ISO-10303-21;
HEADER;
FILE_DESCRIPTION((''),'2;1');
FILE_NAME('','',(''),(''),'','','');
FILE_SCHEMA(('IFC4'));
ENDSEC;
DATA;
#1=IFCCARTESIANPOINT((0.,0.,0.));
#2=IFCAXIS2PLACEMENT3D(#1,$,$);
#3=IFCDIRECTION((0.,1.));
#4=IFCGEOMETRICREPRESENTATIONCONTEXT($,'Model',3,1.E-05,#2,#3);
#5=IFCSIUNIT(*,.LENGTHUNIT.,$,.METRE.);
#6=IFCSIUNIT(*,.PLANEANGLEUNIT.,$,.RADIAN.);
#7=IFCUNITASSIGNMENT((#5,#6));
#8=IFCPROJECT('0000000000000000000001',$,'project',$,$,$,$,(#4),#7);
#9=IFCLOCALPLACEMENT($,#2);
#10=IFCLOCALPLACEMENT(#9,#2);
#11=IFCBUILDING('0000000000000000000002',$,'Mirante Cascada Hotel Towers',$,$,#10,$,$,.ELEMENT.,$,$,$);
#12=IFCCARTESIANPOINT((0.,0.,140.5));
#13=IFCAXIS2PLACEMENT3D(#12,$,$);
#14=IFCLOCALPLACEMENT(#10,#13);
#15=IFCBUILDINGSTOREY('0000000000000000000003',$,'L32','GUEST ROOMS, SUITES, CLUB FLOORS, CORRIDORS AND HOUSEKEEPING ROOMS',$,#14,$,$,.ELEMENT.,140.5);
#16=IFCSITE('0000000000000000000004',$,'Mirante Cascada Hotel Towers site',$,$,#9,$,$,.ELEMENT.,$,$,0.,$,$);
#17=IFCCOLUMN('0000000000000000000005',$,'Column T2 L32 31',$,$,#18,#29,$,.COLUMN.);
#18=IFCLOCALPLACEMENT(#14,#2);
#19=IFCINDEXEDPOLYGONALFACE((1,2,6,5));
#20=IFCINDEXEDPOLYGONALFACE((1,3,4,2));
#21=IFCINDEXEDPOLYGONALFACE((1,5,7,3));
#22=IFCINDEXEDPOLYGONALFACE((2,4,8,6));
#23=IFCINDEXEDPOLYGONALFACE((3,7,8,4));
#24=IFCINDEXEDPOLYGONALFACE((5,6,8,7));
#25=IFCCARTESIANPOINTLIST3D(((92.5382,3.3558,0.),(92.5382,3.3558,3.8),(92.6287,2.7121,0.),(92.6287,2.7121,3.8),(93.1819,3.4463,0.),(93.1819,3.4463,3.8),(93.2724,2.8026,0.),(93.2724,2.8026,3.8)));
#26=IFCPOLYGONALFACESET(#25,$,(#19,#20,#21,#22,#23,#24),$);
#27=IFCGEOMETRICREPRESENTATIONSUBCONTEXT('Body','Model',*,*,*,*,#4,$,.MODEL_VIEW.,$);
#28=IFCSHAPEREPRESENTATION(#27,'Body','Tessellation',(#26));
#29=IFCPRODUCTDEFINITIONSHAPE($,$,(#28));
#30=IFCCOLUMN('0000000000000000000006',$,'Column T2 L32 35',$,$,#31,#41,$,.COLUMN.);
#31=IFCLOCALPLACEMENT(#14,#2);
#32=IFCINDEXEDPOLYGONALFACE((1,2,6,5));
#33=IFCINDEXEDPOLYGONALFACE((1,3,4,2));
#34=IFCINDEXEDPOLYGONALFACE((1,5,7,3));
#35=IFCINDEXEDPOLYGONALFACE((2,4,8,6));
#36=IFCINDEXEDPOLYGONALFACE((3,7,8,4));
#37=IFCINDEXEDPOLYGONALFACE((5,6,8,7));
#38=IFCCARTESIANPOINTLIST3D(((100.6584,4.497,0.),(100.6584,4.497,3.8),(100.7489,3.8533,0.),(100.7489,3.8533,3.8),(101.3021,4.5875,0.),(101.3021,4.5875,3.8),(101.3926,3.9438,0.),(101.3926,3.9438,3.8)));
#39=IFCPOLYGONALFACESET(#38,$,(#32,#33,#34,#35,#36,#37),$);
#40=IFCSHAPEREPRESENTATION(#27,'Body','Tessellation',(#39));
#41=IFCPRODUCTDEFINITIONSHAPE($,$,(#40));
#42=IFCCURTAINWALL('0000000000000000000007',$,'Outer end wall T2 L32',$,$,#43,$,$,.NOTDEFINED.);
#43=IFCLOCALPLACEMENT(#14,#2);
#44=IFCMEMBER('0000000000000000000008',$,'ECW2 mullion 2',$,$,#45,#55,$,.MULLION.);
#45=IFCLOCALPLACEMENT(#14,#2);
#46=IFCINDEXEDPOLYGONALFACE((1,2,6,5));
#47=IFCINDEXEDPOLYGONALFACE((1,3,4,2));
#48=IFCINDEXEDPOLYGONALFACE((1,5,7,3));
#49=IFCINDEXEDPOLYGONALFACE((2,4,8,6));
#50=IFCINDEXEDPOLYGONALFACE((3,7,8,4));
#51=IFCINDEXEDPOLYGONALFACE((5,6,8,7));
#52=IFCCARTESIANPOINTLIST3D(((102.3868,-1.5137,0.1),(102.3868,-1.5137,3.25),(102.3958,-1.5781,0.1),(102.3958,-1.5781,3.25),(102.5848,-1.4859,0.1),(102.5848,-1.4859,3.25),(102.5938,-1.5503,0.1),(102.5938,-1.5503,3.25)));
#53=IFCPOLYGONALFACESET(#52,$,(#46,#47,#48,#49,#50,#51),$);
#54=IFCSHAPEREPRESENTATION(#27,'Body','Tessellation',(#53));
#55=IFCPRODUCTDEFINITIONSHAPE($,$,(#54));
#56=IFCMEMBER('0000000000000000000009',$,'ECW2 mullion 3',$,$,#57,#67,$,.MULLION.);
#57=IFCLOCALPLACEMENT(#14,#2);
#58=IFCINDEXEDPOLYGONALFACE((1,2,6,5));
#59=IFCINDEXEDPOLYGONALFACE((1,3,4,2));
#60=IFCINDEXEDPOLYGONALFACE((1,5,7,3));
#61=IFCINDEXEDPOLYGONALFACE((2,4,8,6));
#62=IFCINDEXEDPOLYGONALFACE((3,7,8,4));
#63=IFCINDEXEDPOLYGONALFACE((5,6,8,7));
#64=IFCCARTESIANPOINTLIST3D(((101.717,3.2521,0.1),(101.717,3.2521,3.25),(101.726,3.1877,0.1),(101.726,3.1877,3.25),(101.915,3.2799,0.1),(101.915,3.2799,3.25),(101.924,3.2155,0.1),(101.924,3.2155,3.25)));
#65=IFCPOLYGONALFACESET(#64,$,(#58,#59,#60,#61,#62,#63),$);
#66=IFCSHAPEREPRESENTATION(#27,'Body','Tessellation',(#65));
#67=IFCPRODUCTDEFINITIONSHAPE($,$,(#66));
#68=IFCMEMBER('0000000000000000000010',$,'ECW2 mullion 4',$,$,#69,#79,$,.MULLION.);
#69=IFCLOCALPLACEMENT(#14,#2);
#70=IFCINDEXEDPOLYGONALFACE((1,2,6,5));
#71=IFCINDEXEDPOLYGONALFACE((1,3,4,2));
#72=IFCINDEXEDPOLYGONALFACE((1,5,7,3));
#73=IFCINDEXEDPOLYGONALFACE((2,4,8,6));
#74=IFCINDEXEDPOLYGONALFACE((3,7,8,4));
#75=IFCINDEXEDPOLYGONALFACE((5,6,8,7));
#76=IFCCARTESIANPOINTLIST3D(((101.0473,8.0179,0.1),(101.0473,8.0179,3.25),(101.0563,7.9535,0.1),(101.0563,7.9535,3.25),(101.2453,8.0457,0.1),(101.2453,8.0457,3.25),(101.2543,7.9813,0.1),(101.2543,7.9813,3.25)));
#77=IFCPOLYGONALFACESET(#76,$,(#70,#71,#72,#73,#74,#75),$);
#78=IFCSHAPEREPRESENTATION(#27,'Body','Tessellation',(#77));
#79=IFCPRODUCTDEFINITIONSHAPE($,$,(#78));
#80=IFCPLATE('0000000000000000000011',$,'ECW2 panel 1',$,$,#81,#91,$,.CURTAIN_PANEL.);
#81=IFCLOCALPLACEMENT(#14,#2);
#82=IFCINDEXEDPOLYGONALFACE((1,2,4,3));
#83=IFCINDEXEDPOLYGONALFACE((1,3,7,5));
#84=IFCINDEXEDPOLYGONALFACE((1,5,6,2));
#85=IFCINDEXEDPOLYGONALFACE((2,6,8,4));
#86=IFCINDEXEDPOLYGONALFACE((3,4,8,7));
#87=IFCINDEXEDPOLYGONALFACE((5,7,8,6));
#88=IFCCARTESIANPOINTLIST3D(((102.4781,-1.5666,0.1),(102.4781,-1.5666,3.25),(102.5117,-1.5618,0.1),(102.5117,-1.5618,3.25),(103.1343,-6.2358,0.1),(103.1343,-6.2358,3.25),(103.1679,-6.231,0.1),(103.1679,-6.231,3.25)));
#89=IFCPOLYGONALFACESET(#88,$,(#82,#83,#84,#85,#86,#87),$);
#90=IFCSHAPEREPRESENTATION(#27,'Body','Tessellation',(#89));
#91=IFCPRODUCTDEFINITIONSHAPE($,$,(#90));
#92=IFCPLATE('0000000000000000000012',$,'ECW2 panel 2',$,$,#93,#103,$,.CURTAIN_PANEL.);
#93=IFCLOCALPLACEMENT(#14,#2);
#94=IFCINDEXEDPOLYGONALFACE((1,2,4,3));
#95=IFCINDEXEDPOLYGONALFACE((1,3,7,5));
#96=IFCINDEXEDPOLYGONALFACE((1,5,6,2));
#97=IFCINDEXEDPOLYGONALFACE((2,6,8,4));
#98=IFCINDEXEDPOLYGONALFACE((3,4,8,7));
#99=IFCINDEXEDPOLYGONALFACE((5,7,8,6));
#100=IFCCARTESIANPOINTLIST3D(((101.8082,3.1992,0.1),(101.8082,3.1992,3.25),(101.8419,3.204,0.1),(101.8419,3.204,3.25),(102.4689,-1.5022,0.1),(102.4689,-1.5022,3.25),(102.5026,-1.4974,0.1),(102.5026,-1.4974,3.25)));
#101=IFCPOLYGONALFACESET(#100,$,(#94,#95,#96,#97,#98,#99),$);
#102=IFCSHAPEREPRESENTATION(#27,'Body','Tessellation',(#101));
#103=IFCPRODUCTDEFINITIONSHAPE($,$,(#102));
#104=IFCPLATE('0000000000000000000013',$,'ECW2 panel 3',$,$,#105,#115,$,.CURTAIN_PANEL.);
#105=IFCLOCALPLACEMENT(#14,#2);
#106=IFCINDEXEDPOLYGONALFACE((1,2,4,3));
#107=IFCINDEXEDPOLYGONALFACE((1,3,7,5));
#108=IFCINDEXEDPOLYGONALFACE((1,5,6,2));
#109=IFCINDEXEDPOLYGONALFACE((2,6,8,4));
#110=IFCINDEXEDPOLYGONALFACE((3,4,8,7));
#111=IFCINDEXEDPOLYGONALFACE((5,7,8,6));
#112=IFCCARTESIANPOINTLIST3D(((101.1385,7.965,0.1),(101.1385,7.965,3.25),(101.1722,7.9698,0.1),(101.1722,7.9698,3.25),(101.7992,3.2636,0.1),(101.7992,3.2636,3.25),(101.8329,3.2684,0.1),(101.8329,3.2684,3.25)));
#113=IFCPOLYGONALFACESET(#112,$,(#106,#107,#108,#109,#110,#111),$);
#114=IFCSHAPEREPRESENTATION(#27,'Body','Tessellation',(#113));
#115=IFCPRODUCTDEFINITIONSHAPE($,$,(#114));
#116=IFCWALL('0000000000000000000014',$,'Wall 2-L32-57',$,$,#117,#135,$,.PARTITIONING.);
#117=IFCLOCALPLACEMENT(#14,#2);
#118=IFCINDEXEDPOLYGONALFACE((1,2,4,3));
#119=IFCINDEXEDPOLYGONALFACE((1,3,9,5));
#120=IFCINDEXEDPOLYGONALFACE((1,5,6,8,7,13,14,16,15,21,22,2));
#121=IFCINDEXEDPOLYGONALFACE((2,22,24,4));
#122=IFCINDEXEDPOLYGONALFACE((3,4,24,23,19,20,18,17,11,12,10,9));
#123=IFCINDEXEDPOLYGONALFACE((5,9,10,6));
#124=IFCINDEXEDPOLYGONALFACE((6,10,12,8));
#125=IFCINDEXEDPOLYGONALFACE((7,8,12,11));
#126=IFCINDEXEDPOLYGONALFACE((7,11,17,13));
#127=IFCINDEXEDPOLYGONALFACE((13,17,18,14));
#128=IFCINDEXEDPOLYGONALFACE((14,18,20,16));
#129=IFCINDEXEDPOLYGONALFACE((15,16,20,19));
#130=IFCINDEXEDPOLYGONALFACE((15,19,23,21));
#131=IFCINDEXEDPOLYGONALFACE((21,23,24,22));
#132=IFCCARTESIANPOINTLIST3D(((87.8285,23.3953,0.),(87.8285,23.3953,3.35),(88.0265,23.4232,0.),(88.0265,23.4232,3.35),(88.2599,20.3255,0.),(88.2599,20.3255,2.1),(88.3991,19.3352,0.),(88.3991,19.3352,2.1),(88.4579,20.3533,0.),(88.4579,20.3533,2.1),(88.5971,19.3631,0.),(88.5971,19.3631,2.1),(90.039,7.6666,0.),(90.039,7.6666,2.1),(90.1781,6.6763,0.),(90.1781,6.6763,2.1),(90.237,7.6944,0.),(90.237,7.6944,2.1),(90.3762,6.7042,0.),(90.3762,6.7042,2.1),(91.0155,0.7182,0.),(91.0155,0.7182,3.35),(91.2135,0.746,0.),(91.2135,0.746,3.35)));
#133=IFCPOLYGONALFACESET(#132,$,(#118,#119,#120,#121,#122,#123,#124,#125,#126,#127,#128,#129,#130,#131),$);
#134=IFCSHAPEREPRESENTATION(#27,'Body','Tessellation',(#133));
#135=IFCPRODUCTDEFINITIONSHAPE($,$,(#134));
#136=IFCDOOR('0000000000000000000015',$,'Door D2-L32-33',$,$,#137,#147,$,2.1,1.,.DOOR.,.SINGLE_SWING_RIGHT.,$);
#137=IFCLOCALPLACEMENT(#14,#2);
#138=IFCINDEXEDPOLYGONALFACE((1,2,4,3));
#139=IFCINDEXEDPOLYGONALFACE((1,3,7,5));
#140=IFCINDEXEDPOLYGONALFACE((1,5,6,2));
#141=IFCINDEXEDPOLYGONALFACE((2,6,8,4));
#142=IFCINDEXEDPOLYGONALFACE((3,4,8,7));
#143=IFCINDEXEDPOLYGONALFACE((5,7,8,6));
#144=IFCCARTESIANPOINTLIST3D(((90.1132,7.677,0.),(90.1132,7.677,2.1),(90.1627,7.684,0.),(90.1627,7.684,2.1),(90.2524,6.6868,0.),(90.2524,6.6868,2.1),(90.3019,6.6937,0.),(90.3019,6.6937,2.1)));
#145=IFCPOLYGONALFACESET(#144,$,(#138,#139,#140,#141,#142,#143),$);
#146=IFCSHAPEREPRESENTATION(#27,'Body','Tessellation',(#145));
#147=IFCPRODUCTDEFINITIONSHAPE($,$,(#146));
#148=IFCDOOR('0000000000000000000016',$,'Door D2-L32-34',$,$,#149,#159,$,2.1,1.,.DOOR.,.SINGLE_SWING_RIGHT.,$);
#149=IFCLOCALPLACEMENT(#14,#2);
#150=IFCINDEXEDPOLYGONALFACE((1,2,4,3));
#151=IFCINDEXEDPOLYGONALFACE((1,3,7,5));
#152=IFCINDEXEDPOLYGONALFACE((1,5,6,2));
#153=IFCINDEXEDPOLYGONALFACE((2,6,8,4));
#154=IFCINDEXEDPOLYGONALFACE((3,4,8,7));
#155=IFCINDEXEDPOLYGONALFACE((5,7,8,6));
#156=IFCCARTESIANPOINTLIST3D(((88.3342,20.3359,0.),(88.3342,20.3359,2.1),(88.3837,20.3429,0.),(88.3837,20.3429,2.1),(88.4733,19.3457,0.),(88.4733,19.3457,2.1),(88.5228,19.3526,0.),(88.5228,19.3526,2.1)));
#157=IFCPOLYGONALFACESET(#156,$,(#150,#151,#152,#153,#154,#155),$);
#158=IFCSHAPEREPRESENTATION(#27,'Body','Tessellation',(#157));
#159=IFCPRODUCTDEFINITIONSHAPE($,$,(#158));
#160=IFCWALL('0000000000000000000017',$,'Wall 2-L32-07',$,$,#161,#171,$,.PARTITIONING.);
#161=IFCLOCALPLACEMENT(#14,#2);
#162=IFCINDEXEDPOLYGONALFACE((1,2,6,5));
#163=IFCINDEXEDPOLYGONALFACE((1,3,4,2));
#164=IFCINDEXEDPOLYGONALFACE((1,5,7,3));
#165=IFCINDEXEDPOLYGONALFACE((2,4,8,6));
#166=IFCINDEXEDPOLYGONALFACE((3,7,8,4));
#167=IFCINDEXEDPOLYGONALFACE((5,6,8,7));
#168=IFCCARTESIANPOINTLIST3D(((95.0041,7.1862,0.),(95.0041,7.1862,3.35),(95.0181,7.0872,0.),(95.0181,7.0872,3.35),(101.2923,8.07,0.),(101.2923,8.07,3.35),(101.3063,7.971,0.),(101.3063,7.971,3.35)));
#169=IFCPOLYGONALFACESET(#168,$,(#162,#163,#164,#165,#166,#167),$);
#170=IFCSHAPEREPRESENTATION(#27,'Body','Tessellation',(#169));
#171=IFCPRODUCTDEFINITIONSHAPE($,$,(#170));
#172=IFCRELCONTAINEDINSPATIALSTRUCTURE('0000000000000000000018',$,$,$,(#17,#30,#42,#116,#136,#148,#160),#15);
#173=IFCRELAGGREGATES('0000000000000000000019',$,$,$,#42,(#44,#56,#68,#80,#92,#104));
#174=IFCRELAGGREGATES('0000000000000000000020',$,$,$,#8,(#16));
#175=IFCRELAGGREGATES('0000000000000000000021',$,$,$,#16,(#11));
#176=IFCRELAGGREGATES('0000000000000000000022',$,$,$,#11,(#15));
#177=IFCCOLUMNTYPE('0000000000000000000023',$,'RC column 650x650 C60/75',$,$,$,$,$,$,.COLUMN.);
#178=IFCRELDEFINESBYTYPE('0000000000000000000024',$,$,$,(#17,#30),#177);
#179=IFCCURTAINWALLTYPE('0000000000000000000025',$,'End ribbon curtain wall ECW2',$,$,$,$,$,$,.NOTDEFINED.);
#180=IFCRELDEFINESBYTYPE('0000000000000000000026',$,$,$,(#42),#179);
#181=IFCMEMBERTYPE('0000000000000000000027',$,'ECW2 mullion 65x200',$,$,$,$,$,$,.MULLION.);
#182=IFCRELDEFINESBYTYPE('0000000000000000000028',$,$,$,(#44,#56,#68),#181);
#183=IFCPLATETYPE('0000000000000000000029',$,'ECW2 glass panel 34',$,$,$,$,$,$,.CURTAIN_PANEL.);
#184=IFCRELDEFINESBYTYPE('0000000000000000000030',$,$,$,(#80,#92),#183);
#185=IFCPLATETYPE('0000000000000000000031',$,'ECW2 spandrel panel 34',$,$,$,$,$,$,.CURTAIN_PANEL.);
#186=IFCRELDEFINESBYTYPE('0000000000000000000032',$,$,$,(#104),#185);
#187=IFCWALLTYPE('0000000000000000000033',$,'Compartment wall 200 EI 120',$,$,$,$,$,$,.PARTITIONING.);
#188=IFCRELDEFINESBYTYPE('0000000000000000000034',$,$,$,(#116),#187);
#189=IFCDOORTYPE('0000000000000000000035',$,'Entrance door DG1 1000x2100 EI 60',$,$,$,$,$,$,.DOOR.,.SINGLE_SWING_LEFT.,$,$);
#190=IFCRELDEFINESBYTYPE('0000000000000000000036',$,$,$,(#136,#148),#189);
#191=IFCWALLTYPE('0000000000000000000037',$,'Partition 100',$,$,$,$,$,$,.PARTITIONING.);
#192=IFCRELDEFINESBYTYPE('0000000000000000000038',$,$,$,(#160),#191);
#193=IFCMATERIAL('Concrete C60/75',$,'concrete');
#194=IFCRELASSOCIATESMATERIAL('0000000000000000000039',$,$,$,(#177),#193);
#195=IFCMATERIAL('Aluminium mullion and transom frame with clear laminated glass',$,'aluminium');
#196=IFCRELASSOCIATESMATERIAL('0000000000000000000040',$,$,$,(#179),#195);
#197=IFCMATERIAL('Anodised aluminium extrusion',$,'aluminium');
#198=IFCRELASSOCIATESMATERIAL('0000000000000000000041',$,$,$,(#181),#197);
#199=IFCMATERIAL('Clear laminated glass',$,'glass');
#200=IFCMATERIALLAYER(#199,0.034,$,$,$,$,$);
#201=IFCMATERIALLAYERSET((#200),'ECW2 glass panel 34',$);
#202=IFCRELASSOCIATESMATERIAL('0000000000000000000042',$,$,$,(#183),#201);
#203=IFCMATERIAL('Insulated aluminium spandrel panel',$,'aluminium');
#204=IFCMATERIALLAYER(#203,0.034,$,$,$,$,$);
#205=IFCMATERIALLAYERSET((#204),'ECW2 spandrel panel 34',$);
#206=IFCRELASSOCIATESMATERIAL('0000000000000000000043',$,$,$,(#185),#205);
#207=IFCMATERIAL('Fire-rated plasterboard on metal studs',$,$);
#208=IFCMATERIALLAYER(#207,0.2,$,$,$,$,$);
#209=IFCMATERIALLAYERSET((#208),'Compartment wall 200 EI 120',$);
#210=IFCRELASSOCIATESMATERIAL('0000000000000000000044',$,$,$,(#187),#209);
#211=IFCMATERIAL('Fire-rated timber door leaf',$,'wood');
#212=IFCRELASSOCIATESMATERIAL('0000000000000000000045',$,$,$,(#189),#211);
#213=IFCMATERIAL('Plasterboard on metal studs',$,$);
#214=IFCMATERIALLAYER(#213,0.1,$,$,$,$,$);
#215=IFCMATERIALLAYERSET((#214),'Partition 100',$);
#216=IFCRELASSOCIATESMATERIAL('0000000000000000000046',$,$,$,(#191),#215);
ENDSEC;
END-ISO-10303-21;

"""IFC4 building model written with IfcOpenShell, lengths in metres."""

from ifc_helpers import new_model, si_unit, direction, frame, frame_2d, origin, origin_2d, place, context, subcontext, project, spatial, rectangle, extrude, material, layer, layer_set, material_profile, profile_set, type_object, element, fill, aggregate, save


model = new_model("IFC4")

# Units and contexts
model_context = context("Model", 3, precision=1e-05, world=origin(), true_north=direction((0.0, 1.0)))
body_context = subcontext(model_context, "Body", "Model", "MODEL_VIEW")
ifc_project = project(units=[si_unit("LENGTHUNIT", "METRE"), si_unit("PLANEANGLEUNIT", "RADIAN")], contexts=[model_context])

# Site, building, storey
site_placement = place(None, origin())
site = spatial("IfcSite", under=ifc_project, at=site_placement, Name="Mirante Cascada Hotel Towers site", CompositionType="ELEMENT", RefElevation=0.0)
building_placement = place(site_placement, origin())
building = spatial("IfcBuilding", under=site, at=building_placement, Name="Mirante Cascada Hotel Towers", CompositionType="ELEMENT")
storey_placement = place(building_placement, frame((0.0, 0.0, 140.5)))
storey = spatial("IfcBuildingStorey", under=building, at=storey_placement, Name="L32", Description="GUEST ROOMS, SUITES, CLUB FLOORS, CORRIDORS AND HOUSEKEEPING ROOMS", CompositionType="ELEMENT", Elevation=140.5)

# Columns
ifc_material_1 = material(Name="Concrete C60/75", Category="concrete")
ifc_material_profile_1 = material_profile(ifc_material_1, rectangle(XDim=0.65, YDim=0.65, at=origin_2d()), Name="RC column 650x650 C60/75")
ifc_profile_set_1 = profile_set([ifc_material_profile_1], Name="Concrete C60/75")
column_type = type_object("IfcColumnType", Name="RC column 650x650 C60/75", PredefinedType="COLUMN", material=ifc_profile_set_1)
for number, where, z_axis, x_axis, name in (
    (1, (92.9053, 3.0792, 0.0), (0.0, 0.0, 1.0), (0.990268, 0.139173, 0.0), "Column T2 L32 31"),
    (2, (101.0255, 4.2204, 0.0), (0.0, 0.0, 1.0), (0.990268, 0.139173, 0.0), "Column T2 L32 35"),
):
    element("IfcColumn", number, at=place(storey_placement, frame(where, z_axis=z_axis, x_axis=x_axis)), inside=storey, type_object=column_type, Name=name, PredefinedType="COLUMN", context=body_context, shape_type="SweptSolid", body=[
        extrude(rectangle(XDim=0.65, YDim=0.65, at=origin_2d()), origin(), (0.0, 0.0, 1.0), 3.8),
    ])

# Curtain wall, members, plates
ifc_material_2 = material(Name="Aluminium mullion and transom frame with clear laminated glass", Category="aluminium")
curtain_wall_type = type_object("IfcCurtainWallType", Name="End ribbon curtain wall ECW2", PredefinedType="NOTDEFINED", material=ifc_material_2)
curtain_wall_placement = place(storey_placement, origin())
curtain_wall = element("IfcCurtainWall", 3, at=curtain_wall_placement, inside=storey, type_object=curtain_wall_type, Name="Outer end wall T2 L32", PredefinedType="NOTDEFINED")
ifc_material_3 = material(Name="Anodised aluminium extrusion", Category="aluminium")
ifc_material_profile_2 = material_profile(ifc_material_3, rectangle(XDim=0.2, YDim=0.065, at=origin_2d()), Name="ECW2 MULLION 65x200")
ifc_profile_set_2 = profile_set([ifc_material_profile_2], Name="Anodised aluminium extrusion")
member_type = type_object("IfcMemberType", Name="ECW2 mullion 65x200", PredefinedType="MULLION", material=ifc_profile_set_2)
member_1_placement = place(storey_placement, frame((102.4903, -1.532, 0.1), z_axis=(0.0, 0.0, 1.0), x_axis=(-0.990268, -0.139173, 0.0)))
member_1 = element("IfcMember", 4, at=member_1_placement, type_object=member_type, Name="ECW2 mullion 2", PredefinedType="MULLION", context=body_context, shape_type="SweptSolid", body=[
    extrude(rectangle(XDim=0.2, YDim=0.065, at=origin_2d()), origin(), (0.0, 0.0, 1.0), 3.15),
])
member_2_placement = place(storey_placement, frame((101.8205, 3.2338, 0.1), z_axis=(0.0, 0.0, 1.0), x_axis=(-0.990268, -0.139173, 0.0)))
member_2 = element("IfcMember", 5, at=member_2_placement, type_object=member_type, Name="ECW2 mullion 3", PredefinedType="MULLION", context=body_context, shape_type="SweptSolid", body=[
    extrude(rectangle(XDim=0.2, YDim=0.065, at=origin_2d()), origin(), (0.0, 0.0, 1.0), 3.15),
])
member_3_placement = place(storey_placement, frame((101.1508, 7.9996, 0.1), z_axis=(0.0, 0.0, 1.0), x_axis=(-0.990268, -0.139173, 0.0)))
member_3 = element("IfcMember", 6, at=member_3_placement, type_object=member_type, Name="ECW2 mullion 4", PredefinedType="MULLION", context=body_context, shape_type="SweptSolid", body=[
    extrude(rectangle(XDim=0.2, YDim=0.065, at=origin_2d()), origin(), (0.0, 0.0, 1.0), 3.15),
])
ifc_material_4 = material(Name="Clear laminated glass", Category="glass")
ifc_layer_1 = layer(ifc_material_4, 0.034)
ifc_layer_set_1 = layer_set([ifc_layer_1], Name="ECW2 glass panel 34")
plate_type_1 = type_object("IfcPlateType", Name="ECW2 glass panel 34", PredefinedType="CURTAIN_PANEL", material=ifc_layer_set_1)
plate_1_placement = place(storey_placement, frame((102.823, -3.8988, 0.1), z_axis=(0.0, 0.0, 1.0), x_axis=(-0.139173, 0.990268, 0.0)))
plate_1 = element("IfcPlate", 7, at=plate_1_placement, type_object=plate_type_1, Name="ECW2 panel 1", PredefinedType="CURTAIN_PANEL", context=body_context, shape_type="SweptSolid", body=[
    extrude(rectangle(XDim=4.7151, YDim=0.034, at=origin_2d()), origin(), (0.0, 0.0, 1.0), 3.15),
])
plate_2_placement = place(storey_placement, frame((102.1554, 0.8509, 0.1), z_axis=(0.0, 0.0, 1.0), x_axis=(-0.139173, 0.990268, 0.0)))
plate_2 = element("IfcPlate", 8, at=plate_2_placement, type_object=plate_type_1, Name="ECW2 panel 2", PredefinedType="CURTAIN_PANEL", context=body_context, shape_type="SweptSolid", body=[
    extrude(rectangle(XDim=4.7476, YDim=0.034, at=origin_2d()), origin(), (0.0, 0.0, 1.0), 3.15),
])
ifc_material_5 = material(Name="Insulated aluminium spandrel panel", Category="aluminium")
ifc_layer_2 = layer(ifc_material_5, 0.034)
ifc_layer_set_2 = layer_set([ifc_layer_2], Name="ECW2 spandrel panel 34")
plate_type_2 = type_object("IfcPlateType", Name="ECW2 spandrel panel 34", PredefinedType="CURTAIN_PANEL", material=ifc_layer_set_2)
plate_3_placement = place(storey_placement, frame((101.4857, 5.6167, 0.1), z_axis=(0.0, 0.0, 1.0), x_axis=(-0.139173, 0.990268, 0.0)))
plate_3 = element("IfcPlate", 9, at=plate_3_placement, type_object=plate_type_2, Name="ECW2 panel 3", PredefinedType="CURTAIN_PANEL", context=body_context, shape_type="SweptSolid", body=[
    extrude(rectangle(XDim=4.7476, YDim=0.034, at=origin_2d()), origin(), (0.0, 0.0, 1.0), 3.15),
])
aggregate(curtain_wall, [member_1, member_2, member_3, plate_1, plate_2, plate_3])

# Wall, openings, doors
ifc_material_6 = material(Name="Fire-rated plasterboard on metal studs")
ifc_layer_3 = layer(ifc_material_6, 0.2)
ifc_layer_set_3 = layer_set([ifc_layer_3], Name="Compartment wall 200 EI 120")
wall_type_1 = type_object("IfcWallType", Name="Compartment wall 200 EI 120", PredefinedType="PARTITIONING", material=ifc_layer_set_3)
wall_1_placement = place(storey_placement, frame((91.1145, 0.7321, 0.0), z_axis=(0.0, 0.0, 1.0), x_axis=(-0.139171, 0.990268, 0.0)))
wall_1 = element("IfcWall", 10, at=wall_1_placement, inside=storey, type_object=wall_type_1, Name="Wall 2-L32-57", PredefinedType="PARTITIONING", context=body_context, shape_type="SweptSolid", body=[
    extrude(rectangle(XDim=22.9, YDim=0.2, at=frame_2d((11.45, 0.0))), origin(), (0.0, 0.0, 1.0), 3.35),
])
opening_1_placement = place(wall_1_placement, frame((6.0167, 0.0, 0.0)))
opening_1 = element("IfcOpeningElement", 11, at=opening_1_placement, cuts=wall_1, PredefinedType="OPENING", context=body_context, shape_type="SweptSolid", body=[
    extrude(rectangle(XDim=1.0, YDim=2.1, at=frame_2d((0.5, 1.05))), frame((0.0, 0.1, 0.0), z_axis=(0.0, -1.0, 0.0), x_axis=(1.0, 0.0, 0.0)), (0.0, 0.0, 1.0), 0.2),
])
opening_2_placement = place(wall_1_placement, frame((18.8, 0.0, 0.0)))
opening_2 = element("IfcOpeningElement", 12, at=opening_2_placement, cuts=wall_1, PredefinedType="OPENING", context=body_context, shape_type="SweptSolid", body=[
    extrude(rectangle(XDim=1.0, YDim=2.1, at=frame_2d((0.5, 1.05))), frame((0.0, 0.1, 0.0), z_axis=(0.0, -1.0, 0.0), x_axis=(1.0, 0.0, 0.0)), (0.0, 0.0, 1.0), 0.2),
])
ifc_material_7 = material(Name="Fire-rated timber door leaf", Category="wood")
door_type_1 = type_object("IfcDoorType", Name="Entrance door DG1 1000x2100 EI 60", OperationType="SINGLE_SWING_LEFT", PredefinedType="DOOR", material=ifc_material_7)
door_1_placement = place(opening_1_placement, frame((1.0, 0.0, 0.0), z_axis=(0.0, 0.0, 1.0), x_axis=(-1.0, 0.0, 0.0)))
door_1 = element("IfcDoor", 13, at=door_1_placement, inside=storey, type_object=door_type_1, Name="Door D2-L32-33", OperationType="SINGLE_SWING_RIGHT", OverallHeight=2.1, OverallWidth=1.0, PredefinedType="DOOR", context=body_context, shape_type="SweptSolid", body=[
    extrude(rectangle(XDim=1.0, YDim=2.1, at=frame_2d((0.5, 1.05))), frame((0.0, 0.025, 0.0), z_axis=(0.0, -1.0, 0.0), x_axis=(1.0, 0.0, 0.0)), (0.0, 0.0, 1.0), 0.05),
])
fill(opening_1, door_1)
door_2_placement = place(opening_2_placement, frame((1.0, 0.0, 0.0), z_axis=(0.0, 0.0, 1.0), x_axis=(-1.0, 0.0, 0.0)))
door_2 = element("IfcDoor", 14, at=door_2_placement, inside=storey, type_object=door_type_1, Name="Door D2-L32-34", OperationType="SINGLE_SWING_RIGHT", OverallHeight=2.1, OverallWidth=1.0, PredefinedType="DOOR", context=body_context, shape_type="SweptSolid", body=[
    extrude(rectangle(XDim=1.0, YDim=2.1, at=frame_2d((0.5, 1.05))), frame((0.0, 0.025, 0.0), z_axis=(0.0, -1.0, 0.0), x_axis=(1.0, 0.0, 0.0)), (0.0, 0.0, 1.0), 0.05),
])
fill(opening_2, door_2)

# Wall
ifc_material_8 = material(Name="Plasterboard on metal studs")
ifc_layer_4 = layer(ifc_material_8, 0.1)
ifc_layer_set_4 = layer_set([ifc_layer_4], Name="Partition 100")
wall_type_2 = type_object("IfcWallType", Name="Partition 100", PredefinedType="PARTITIONING", material=ifc_layer_set_4)
wall_2_placement = place(storey_placement, frame((95.0111, 7.1367, 0.0), z_axis=(0.0, 0.0, 1.0), x_axis=(0.990267, 0.139181, 0.0)))
element("IfcWall", 15, at=wall_2_placement, inside=storey, type_object=wall_type_2, Name="Wall 2-L32-07", PredefinedType="PARTITIONING", context=body_context, shape_type="SweptSolid", body=[
    extrude(rectangle(XDim=6.35, YDim=0.1, at=frame_2d((3.175, 0.0))), origin(), (0.0, 0.0, 1.0), 3.35),
])

save(model, "model.ifc")
